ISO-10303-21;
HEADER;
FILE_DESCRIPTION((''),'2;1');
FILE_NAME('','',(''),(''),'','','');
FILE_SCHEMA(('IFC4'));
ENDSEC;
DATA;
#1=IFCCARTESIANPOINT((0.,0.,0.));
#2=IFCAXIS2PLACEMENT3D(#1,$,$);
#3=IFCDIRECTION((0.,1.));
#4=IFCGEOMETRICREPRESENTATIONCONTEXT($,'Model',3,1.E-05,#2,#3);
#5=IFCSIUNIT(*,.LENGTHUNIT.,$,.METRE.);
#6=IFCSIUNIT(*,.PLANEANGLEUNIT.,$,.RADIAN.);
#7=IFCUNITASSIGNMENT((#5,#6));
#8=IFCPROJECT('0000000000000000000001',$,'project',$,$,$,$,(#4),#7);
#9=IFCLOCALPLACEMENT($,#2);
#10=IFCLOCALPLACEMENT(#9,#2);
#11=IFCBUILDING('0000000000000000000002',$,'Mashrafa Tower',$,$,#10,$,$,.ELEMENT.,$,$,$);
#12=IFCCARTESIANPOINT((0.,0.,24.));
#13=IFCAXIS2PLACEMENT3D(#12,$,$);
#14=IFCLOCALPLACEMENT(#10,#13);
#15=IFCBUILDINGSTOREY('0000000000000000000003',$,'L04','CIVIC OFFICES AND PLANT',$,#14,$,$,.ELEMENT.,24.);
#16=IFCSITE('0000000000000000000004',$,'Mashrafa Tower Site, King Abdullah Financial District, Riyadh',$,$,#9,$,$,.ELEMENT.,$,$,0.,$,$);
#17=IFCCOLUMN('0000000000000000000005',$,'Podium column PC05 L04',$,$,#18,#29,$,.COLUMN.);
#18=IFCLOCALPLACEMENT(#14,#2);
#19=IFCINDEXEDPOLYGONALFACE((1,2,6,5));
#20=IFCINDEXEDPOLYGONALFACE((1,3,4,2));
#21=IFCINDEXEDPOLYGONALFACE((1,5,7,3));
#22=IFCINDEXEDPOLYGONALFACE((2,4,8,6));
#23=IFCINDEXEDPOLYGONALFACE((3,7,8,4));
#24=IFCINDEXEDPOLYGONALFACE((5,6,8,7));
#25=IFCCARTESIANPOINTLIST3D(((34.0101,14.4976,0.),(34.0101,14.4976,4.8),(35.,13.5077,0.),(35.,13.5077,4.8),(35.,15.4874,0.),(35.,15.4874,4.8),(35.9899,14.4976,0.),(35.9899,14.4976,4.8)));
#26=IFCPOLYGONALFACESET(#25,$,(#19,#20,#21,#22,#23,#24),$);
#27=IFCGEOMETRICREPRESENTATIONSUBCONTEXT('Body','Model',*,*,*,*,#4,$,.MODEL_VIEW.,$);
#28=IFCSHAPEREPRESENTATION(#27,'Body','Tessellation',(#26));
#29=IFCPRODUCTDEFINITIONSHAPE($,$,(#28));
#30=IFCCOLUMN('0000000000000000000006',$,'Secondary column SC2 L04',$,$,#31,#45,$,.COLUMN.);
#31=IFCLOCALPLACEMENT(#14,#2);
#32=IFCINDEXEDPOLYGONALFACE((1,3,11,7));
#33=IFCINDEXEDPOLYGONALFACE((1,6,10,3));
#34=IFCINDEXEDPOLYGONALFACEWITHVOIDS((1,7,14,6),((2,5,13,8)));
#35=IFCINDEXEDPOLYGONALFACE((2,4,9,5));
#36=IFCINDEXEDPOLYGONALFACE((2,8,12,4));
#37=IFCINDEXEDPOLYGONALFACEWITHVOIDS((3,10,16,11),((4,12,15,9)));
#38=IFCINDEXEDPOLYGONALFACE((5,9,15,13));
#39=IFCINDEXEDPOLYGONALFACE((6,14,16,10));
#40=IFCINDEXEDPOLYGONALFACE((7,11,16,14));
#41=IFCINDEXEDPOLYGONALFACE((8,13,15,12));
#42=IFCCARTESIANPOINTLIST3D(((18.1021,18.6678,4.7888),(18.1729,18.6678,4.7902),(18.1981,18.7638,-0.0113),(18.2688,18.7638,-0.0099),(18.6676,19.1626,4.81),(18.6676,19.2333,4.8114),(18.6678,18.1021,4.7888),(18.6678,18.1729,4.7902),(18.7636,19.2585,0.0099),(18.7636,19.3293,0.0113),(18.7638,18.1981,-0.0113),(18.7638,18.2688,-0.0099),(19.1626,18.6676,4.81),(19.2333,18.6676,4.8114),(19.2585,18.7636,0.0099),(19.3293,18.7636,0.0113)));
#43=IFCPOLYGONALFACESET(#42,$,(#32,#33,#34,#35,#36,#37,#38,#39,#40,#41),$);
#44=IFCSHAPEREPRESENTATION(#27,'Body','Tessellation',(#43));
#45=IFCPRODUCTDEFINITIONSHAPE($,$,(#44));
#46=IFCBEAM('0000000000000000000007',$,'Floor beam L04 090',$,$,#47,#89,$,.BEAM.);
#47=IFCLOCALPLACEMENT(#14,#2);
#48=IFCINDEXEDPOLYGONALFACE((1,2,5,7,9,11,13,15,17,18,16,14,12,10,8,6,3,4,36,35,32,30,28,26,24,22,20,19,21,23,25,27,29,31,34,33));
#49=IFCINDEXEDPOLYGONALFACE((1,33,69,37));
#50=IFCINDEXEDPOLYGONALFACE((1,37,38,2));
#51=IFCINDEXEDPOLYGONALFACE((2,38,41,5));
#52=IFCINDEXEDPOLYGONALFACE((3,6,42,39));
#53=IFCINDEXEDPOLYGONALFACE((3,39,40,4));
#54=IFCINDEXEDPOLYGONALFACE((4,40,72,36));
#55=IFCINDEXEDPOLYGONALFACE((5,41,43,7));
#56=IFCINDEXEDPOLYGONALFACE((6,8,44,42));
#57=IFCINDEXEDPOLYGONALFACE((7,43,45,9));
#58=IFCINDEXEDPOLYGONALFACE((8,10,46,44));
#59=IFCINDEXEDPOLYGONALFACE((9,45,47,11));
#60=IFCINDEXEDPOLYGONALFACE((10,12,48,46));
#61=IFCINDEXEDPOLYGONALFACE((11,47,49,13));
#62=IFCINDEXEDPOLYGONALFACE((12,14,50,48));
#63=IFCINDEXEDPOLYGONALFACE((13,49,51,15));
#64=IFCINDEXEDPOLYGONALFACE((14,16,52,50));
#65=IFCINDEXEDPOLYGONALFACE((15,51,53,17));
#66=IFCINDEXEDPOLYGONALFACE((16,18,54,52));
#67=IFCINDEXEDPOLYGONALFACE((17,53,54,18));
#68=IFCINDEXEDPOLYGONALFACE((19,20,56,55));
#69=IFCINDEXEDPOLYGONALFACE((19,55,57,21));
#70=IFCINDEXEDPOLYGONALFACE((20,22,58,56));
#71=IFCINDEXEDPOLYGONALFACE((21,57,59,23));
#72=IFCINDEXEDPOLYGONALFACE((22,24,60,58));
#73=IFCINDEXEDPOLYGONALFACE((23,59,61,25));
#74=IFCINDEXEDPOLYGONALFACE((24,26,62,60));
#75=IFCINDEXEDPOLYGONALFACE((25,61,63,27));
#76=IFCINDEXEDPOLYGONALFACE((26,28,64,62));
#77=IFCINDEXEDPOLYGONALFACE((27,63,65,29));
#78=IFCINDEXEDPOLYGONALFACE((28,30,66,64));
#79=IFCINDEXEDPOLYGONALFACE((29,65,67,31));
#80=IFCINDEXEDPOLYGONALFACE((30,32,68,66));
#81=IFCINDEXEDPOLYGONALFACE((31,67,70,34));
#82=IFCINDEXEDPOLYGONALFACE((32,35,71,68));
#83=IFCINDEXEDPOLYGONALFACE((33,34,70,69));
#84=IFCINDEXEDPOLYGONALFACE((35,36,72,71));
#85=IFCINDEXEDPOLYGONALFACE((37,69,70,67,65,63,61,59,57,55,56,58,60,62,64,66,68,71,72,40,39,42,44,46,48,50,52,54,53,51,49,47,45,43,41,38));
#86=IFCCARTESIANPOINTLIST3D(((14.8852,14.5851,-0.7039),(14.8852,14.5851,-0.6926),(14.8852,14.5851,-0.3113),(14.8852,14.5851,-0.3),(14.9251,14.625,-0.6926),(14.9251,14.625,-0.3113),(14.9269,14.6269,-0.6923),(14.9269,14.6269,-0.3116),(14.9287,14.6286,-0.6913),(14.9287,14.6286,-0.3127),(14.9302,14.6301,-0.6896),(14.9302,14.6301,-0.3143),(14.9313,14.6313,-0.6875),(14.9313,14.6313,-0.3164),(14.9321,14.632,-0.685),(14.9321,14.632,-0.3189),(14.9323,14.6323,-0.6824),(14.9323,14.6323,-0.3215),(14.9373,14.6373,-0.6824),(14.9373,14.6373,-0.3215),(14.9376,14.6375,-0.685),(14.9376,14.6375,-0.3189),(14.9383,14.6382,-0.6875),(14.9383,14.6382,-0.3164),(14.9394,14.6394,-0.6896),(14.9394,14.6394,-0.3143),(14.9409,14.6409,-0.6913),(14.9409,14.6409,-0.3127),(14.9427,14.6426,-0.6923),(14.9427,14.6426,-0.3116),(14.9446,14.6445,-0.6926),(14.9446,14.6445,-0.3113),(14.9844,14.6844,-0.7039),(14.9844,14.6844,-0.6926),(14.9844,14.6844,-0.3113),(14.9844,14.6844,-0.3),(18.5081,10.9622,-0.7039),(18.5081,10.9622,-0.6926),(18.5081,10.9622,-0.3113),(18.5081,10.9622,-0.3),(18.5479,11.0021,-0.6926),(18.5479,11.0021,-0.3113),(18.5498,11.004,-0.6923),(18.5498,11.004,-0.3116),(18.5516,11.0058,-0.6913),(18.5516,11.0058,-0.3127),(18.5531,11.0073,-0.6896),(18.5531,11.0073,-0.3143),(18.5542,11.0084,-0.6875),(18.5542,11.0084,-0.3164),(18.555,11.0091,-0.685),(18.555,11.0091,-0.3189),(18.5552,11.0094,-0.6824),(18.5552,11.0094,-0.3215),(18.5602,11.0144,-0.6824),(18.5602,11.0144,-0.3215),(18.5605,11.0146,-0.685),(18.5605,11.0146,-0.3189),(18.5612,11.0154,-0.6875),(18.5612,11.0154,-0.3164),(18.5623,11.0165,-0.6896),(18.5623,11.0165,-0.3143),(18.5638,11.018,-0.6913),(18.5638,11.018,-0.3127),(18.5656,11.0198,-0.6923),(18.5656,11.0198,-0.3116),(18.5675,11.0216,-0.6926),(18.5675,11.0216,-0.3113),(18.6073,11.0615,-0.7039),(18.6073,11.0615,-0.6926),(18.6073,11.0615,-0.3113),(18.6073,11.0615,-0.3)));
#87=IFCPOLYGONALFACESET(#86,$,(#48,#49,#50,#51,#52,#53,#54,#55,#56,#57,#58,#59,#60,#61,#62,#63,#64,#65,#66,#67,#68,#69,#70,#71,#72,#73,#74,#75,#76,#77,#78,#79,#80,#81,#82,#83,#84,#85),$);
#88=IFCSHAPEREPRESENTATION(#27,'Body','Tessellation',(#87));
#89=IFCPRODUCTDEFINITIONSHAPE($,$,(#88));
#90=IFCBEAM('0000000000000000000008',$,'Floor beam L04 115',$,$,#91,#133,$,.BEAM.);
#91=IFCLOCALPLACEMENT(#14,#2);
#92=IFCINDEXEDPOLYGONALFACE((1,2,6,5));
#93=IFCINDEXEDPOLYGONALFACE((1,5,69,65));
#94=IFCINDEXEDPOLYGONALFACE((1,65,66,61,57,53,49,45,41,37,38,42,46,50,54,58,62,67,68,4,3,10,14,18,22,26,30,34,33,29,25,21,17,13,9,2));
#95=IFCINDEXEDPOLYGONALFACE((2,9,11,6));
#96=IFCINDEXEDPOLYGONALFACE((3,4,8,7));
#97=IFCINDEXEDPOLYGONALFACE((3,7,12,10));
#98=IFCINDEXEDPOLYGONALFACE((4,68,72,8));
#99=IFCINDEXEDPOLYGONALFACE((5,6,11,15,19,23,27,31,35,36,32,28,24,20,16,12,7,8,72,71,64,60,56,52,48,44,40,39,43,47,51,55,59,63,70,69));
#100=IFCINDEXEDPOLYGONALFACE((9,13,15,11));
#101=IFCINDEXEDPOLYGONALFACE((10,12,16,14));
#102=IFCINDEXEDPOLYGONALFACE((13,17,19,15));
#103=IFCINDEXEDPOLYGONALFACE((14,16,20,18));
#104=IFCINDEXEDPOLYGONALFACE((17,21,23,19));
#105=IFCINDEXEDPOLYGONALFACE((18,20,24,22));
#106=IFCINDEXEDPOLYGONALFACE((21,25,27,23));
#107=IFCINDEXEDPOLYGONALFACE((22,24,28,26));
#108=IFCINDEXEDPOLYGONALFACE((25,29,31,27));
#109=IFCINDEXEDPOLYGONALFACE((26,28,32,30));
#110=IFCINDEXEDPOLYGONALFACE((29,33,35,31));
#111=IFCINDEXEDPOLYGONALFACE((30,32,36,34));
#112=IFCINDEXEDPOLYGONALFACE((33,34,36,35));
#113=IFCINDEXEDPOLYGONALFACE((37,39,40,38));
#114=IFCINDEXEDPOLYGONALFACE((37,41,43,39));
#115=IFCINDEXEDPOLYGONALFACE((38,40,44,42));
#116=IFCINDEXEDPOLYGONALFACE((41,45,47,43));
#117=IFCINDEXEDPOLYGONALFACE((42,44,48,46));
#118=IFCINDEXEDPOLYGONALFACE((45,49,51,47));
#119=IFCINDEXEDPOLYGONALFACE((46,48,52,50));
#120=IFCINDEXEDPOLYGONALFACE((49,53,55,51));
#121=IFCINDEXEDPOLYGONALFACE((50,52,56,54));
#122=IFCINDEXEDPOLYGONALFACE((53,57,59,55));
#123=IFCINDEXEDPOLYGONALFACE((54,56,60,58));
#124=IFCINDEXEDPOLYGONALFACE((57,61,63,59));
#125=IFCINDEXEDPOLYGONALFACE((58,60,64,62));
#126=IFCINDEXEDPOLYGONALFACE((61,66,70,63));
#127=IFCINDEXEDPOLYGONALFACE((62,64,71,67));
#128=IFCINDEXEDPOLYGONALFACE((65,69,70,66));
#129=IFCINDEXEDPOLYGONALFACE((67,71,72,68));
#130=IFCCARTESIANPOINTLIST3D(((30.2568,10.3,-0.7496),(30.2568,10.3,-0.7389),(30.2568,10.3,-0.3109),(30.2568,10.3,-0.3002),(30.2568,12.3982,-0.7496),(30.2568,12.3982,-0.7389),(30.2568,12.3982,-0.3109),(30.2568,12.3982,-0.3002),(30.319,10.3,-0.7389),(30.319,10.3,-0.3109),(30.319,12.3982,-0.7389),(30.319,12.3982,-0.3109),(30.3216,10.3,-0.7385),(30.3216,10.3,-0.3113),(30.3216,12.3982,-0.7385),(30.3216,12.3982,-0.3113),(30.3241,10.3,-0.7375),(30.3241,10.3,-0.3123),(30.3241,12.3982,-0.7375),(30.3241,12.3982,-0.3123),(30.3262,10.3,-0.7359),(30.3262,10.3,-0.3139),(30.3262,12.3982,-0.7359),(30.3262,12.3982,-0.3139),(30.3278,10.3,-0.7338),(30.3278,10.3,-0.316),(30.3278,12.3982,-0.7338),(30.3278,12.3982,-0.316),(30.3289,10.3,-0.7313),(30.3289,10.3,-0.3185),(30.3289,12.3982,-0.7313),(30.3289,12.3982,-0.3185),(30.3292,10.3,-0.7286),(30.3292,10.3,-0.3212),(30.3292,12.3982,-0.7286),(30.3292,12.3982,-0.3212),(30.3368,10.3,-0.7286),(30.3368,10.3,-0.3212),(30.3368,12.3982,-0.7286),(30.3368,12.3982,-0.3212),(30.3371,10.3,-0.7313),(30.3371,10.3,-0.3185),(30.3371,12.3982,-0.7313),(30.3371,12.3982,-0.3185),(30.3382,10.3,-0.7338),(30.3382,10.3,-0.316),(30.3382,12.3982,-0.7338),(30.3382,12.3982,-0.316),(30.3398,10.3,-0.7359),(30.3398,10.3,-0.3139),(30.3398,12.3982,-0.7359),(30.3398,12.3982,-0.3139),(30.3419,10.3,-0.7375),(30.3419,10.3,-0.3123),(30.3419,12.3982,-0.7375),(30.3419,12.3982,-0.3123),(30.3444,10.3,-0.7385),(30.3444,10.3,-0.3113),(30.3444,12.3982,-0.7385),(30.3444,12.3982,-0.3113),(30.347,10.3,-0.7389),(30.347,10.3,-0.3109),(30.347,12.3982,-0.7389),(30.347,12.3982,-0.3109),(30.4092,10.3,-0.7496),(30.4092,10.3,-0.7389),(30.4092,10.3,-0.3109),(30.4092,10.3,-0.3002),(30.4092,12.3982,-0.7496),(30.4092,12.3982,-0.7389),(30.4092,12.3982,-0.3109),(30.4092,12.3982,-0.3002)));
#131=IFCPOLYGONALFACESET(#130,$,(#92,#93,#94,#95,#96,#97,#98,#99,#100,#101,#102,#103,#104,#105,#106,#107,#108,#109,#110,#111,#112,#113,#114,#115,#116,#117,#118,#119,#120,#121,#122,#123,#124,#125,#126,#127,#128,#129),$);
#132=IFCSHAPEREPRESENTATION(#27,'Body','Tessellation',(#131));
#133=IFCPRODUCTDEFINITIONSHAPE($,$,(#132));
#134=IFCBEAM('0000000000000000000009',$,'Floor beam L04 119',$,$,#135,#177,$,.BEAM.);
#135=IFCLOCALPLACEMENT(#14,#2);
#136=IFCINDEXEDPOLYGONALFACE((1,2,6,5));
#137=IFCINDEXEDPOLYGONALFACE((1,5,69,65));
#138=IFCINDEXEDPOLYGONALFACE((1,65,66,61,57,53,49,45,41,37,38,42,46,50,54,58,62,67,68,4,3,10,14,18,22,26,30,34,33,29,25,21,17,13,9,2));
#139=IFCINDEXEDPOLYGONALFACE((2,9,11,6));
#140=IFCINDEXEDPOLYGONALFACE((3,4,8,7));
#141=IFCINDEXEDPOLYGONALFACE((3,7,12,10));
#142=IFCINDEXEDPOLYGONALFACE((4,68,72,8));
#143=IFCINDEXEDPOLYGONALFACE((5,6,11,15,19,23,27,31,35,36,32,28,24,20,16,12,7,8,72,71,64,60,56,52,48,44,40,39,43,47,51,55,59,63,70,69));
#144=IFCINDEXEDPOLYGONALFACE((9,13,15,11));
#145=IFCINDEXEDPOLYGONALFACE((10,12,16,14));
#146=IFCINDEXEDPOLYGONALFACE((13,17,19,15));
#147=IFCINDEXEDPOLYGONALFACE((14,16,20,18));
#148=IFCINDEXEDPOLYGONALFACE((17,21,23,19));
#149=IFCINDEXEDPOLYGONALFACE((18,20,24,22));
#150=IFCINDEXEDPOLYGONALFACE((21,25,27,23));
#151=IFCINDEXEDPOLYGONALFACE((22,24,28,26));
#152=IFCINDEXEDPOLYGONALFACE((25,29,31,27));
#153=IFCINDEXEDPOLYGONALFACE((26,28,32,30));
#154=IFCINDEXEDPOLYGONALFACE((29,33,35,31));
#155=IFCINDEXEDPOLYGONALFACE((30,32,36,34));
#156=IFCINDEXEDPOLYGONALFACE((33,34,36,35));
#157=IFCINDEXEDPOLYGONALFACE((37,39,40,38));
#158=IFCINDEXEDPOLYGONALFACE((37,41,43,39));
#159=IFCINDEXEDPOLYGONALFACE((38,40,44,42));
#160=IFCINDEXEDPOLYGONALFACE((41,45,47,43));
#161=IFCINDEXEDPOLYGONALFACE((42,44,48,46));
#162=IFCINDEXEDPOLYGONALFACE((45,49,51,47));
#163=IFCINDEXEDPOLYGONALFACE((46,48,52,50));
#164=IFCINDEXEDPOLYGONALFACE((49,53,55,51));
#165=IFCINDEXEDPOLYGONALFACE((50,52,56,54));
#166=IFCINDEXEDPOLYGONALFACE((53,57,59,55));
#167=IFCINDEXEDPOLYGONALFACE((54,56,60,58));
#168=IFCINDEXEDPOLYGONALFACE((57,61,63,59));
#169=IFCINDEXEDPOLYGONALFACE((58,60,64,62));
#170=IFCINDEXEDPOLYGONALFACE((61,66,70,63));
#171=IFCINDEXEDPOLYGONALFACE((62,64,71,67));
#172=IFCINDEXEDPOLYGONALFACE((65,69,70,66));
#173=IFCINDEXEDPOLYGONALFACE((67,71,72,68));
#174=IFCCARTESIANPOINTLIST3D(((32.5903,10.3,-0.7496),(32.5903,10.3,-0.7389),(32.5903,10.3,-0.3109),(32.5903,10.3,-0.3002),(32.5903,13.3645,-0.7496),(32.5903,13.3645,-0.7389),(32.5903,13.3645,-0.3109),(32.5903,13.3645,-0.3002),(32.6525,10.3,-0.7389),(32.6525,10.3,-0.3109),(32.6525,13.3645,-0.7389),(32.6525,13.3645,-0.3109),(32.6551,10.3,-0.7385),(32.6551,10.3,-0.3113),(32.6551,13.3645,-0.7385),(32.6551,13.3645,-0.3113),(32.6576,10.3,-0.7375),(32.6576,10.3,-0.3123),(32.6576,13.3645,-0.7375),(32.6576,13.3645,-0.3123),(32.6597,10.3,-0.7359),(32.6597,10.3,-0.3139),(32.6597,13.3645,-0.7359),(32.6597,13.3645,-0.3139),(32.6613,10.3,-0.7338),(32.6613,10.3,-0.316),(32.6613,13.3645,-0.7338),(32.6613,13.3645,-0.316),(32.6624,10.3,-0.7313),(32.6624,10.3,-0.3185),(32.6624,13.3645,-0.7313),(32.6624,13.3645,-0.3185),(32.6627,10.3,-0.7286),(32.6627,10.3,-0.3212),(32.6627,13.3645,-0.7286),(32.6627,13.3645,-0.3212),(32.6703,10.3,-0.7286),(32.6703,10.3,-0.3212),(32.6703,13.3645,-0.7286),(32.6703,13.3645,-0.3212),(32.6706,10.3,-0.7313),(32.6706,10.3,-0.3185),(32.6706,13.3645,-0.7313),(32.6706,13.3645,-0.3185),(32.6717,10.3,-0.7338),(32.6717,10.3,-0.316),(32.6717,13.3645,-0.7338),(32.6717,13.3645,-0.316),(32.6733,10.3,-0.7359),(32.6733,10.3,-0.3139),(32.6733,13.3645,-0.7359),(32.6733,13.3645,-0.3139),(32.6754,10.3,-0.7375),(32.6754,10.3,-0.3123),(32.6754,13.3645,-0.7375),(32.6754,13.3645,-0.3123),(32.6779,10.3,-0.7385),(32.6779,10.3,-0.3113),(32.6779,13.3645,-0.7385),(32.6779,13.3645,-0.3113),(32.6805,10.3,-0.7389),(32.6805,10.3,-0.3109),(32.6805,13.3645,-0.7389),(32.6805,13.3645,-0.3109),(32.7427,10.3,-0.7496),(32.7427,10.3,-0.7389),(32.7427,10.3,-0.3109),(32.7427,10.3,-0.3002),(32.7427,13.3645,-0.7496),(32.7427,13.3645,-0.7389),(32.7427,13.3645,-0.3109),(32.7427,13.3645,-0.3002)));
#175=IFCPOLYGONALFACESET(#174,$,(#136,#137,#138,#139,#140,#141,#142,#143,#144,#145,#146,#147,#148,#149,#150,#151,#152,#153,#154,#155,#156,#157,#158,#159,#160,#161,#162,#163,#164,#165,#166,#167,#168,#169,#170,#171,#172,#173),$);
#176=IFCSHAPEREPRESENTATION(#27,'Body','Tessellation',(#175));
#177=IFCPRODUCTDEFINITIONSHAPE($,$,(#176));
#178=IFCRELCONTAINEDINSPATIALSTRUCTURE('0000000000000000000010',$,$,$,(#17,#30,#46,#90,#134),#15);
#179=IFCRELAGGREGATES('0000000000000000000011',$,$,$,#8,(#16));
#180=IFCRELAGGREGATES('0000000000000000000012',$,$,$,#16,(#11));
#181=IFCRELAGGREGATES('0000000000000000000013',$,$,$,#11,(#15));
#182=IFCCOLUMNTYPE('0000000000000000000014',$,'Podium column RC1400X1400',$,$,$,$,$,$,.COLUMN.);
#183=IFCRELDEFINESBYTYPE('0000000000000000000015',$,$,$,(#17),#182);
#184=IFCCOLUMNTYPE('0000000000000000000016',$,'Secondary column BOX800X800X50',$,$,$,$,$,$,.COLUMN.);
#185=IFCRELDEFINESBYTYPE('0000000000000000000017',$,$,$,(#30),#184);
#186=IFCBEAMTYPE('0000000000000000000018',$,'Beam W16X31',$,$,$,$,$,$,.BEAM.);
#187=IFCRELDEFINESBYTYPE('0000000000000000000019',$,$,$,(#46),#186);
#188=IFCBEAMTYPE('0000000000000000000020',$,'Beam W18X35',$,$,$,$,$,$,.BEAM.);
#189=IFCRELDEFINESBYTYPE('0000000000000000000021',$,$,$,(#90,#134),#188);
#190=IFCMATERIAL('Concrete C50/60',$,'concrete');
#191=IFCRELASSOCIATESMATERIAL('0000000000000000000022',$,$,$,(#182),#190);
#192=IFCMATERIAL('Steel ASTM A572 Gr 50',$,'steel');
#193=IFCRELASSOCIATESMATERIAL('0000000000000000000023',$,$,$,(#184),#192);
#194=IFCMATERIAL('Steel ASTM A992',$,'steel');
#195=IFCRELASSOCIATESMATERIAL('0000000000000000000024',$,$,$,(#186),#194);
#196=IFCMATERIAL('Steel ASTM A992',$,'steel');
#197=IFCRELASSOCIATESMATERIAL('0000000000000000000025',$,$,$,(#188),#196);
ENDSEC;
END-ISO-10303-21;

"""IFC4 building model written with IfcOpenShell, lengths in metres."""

from ifc_helpers import new_model, si_unit, direction, frame, origin, origin_2d, place, context, subcontext, project, spatial, rectangle, hollow_rectangle, i_section, extrude, material, material_profile, profile_set, type_object, element, save


model = new_model("IFC4")

# Units and contexts
model_context = context("Model", 3, precision=1e-05, world=origin(), true_north=direction((0.0, 1.0)))
body_context = subcontext(model_context, "Body", "Model", "MODEL_VIEW")
ifc_project = project(units=[si_unit("LENGTHUNIT", "METRE"), si_unit("PLANEANGLEUNIT", "RADIAN")], contexts=[model_context])

# Site, building, storey
site_placement = place(None, origin())
site = spatial("IfcSite", under=ifc_project, at=site_placement, Name="Mashrafa Tower Site, King Abdullah Financial District, Riyadh", CompositionType="ELEMENT", RefElevation=0.0)
building_placement = place(site_placement, origin())
building = spatial("IfcBuilding", under=site, at=building_placement, Name="Mashrafa Tower", CompositionType="ELEMENT")
storey_placement = place(building_placement, frame((0.0, 0.0, 24.0)))
storey = spatial("IfcBuildingStorey", under=building, at=storey_placement, Name="L04", Description="CIVIC OFFICES AND PLANT", CompositionType="ELEMENT", Elevation=24.0)

# Columns
ifc_material_1 = material(Name="Concrete C50/60", Category="concrete")
ifc_material_profile_1 = material_profile(ifc_material_1, rectangle(XDim=1.3999, YDim=1.3999, at=origin_2d()), Name="RC1400X1400")
ifc_profile_set_1 = profile_set([ifc_material_profile_1], Name="Concrete C50/60")
column_type_1 = type_object("IfcColumnType", Name="Podium column RC1400X1400", PredefinedType="COLUMN", material=ifc_profile_set_1)
column_1_placement = place(storey_placement, frame((35.0, 14.4976, 0.0), z_axis=(0.0, 0.0, 1.0), x_axis=(0.707107, 0.707107, 0.0)))
element("IfcColumn", 1, at=column_1_placement, inside=storey, type_object=column_type_1, Name="Podium column PC05 L04", PredefinedType="COLUMN", context=body_context, shape_type="SweptSolid", body=[
    extrude(rectangle(XDim=1.3999, YDim=1.3999, at=origin_2d()), origin(), (0.0, 0.0, 1.0), 4.8),
])
ifc_material_2 = material(Name="Steel ASTM A572 Gr 50", Category="steel")
ifc_material_profile_2 = material_profile(ifc_material_2, hollow_rectangle(XDim=0.8, YDim=0.8, WallThickness=0.05, at=origin_2d()), Name="BOX800X800X50")
ifc_profile_set_2 = profile_set([ifc_material_profile_2], Name="Steel ASTM A572 Gr 50")
column_type_2 = type_object("IfcColumnType", Name="Secondary column BOX800X800X50", PredefinedType="COLUMN", material=ifc_profile_set_2)
column_2_placement = place(storey_placement, frame((18.7637, 18.7637, 0.0), z_axis=(-0.019981, -0.019981, 0.999601), x_axis=(0.707107, -0.707107, 0.0)))
element("IfcColumn", 2, at=column_2_placement, inside=storey, type_object=column_type_2, Name="Secondary column SC2 L04", PredefinedType="COLUMN", context=body_context, shape_type="SweptSolid", body=[
    extrude(hollow_rectangle(XDim=0.8, YDim=0.8, WallThickness=0.05, at=origin_2d()), origin(), (0.0, 0.0, 1.0), 4.802),
])

# Beams
ifc_material_3 = material(Name="Steel ASTM A992", Category="steel")
ifc_material_profile_3 = material_profile(ifc_material_3, i_section(OverallWidth=0.1404, OverallDepth=0.4038, WebThickness=0.0071, FlangeThickness=0.0112, FilletRadius=0.0103, at=origin_2d()), Name="W16X31")
ifc_profile_set_3 = profile_set([ifc_material_profile_3], Name="Steel ASTM A992")
beam_type_1 = type_object("IfcBeamType", Name="Beam W16X31", PredefinedType="BEAM", material=ifc_profile_set_3)
beam_1_placement = place(storey_placement, frame((14.9348, 14.6348, -0.502), z_axis=(0.707107, -0.707107, 0.0), x_axis=(0.707107, 0.707107, 0.0)))
element("IfcBeam", 3, at=beam_1_placement, inside=storey, type_object=beam_type_1, Name="Floor beam L04 090", PredefinedType="BEAM", context=body_context, shape_type="SweptSolid", body=[
    extrude(i_section(OverallWidth=0.1404, OverallDepth=0.4038, WebThickness=0.0071, FlangeThickness=0.0112, FilletRadius=0.0103, at=origin_2d()), origin(), (0.0, 0.0, 1.0), 5.1235),
])
ifc_material_4 = material(Name="Steel ASTM A992", Category="steel")
ifc_material_profile_4 = material_profile(ifc_material_4, i_section(OverallWidth=0.1523, OverallDepth=0.4495, WebThickness=0.0076, FlangeThickness=0.0107, FilletRadius=0.0103, at=origin_2d()), Name="W18X35")
ifc_profile_set_4 = profile_set([ifc_material_profile_4], Name="Steel ASTM A992")
beam_type_2 = type_object("IfcBeamType", Name="Beam W18X35", PredefinedType="BEAM", material=ifc_profile_set_4)
beam_2_placement = place(storey_placement, frame((30.333, 12.3982, -0.5249), z_axis=(0.0, -1.0, 0.0), x_axis=(1.0, 0.0, 0.0)))
element("IfcBeam", 4, at=beam_2_placement, inside=storey, type_object=beam_type_2, Name="Floor beam L04 115", PredefinedType="BEAM", context=body_context, shape_type="SweptSolid", body=[
    extrude(i_section(OverallWidth=0.1523, OverallDepth=0.4495, WebThickness=0.0076, FlangeThickness=0.0107, FilletRadius=0.0103, at=origin_2d()), origin(), (0.0, 0.0, 1.0), 2.0981),
])
beam_3_placement = place(storey_placement, frame((32.6665, 13.3645, -0.5249), z_axis=(0.0, -1.0, 0.0), x_axis=(1.0, 0.0, 0.0)))
element("IfcBeam", 5, at=beam_3_placement, inside=storey, type_object=beam_type_2, Name="Floor beam L04 119", PredefinedType="BEAM", context=body_context, shape_type="SweptSolid", body=[
    extrude(i_section(OverallWidth=0.1523, OverallDepth=0.4495, WebThickness=0.0076, FlangeThickness=0.0107, FilletRadius=0.0103, at=origin_2d()), origin(), (0.0, 0.0, 1.0), 3.0645),
])

save(model, "model.ifc")
